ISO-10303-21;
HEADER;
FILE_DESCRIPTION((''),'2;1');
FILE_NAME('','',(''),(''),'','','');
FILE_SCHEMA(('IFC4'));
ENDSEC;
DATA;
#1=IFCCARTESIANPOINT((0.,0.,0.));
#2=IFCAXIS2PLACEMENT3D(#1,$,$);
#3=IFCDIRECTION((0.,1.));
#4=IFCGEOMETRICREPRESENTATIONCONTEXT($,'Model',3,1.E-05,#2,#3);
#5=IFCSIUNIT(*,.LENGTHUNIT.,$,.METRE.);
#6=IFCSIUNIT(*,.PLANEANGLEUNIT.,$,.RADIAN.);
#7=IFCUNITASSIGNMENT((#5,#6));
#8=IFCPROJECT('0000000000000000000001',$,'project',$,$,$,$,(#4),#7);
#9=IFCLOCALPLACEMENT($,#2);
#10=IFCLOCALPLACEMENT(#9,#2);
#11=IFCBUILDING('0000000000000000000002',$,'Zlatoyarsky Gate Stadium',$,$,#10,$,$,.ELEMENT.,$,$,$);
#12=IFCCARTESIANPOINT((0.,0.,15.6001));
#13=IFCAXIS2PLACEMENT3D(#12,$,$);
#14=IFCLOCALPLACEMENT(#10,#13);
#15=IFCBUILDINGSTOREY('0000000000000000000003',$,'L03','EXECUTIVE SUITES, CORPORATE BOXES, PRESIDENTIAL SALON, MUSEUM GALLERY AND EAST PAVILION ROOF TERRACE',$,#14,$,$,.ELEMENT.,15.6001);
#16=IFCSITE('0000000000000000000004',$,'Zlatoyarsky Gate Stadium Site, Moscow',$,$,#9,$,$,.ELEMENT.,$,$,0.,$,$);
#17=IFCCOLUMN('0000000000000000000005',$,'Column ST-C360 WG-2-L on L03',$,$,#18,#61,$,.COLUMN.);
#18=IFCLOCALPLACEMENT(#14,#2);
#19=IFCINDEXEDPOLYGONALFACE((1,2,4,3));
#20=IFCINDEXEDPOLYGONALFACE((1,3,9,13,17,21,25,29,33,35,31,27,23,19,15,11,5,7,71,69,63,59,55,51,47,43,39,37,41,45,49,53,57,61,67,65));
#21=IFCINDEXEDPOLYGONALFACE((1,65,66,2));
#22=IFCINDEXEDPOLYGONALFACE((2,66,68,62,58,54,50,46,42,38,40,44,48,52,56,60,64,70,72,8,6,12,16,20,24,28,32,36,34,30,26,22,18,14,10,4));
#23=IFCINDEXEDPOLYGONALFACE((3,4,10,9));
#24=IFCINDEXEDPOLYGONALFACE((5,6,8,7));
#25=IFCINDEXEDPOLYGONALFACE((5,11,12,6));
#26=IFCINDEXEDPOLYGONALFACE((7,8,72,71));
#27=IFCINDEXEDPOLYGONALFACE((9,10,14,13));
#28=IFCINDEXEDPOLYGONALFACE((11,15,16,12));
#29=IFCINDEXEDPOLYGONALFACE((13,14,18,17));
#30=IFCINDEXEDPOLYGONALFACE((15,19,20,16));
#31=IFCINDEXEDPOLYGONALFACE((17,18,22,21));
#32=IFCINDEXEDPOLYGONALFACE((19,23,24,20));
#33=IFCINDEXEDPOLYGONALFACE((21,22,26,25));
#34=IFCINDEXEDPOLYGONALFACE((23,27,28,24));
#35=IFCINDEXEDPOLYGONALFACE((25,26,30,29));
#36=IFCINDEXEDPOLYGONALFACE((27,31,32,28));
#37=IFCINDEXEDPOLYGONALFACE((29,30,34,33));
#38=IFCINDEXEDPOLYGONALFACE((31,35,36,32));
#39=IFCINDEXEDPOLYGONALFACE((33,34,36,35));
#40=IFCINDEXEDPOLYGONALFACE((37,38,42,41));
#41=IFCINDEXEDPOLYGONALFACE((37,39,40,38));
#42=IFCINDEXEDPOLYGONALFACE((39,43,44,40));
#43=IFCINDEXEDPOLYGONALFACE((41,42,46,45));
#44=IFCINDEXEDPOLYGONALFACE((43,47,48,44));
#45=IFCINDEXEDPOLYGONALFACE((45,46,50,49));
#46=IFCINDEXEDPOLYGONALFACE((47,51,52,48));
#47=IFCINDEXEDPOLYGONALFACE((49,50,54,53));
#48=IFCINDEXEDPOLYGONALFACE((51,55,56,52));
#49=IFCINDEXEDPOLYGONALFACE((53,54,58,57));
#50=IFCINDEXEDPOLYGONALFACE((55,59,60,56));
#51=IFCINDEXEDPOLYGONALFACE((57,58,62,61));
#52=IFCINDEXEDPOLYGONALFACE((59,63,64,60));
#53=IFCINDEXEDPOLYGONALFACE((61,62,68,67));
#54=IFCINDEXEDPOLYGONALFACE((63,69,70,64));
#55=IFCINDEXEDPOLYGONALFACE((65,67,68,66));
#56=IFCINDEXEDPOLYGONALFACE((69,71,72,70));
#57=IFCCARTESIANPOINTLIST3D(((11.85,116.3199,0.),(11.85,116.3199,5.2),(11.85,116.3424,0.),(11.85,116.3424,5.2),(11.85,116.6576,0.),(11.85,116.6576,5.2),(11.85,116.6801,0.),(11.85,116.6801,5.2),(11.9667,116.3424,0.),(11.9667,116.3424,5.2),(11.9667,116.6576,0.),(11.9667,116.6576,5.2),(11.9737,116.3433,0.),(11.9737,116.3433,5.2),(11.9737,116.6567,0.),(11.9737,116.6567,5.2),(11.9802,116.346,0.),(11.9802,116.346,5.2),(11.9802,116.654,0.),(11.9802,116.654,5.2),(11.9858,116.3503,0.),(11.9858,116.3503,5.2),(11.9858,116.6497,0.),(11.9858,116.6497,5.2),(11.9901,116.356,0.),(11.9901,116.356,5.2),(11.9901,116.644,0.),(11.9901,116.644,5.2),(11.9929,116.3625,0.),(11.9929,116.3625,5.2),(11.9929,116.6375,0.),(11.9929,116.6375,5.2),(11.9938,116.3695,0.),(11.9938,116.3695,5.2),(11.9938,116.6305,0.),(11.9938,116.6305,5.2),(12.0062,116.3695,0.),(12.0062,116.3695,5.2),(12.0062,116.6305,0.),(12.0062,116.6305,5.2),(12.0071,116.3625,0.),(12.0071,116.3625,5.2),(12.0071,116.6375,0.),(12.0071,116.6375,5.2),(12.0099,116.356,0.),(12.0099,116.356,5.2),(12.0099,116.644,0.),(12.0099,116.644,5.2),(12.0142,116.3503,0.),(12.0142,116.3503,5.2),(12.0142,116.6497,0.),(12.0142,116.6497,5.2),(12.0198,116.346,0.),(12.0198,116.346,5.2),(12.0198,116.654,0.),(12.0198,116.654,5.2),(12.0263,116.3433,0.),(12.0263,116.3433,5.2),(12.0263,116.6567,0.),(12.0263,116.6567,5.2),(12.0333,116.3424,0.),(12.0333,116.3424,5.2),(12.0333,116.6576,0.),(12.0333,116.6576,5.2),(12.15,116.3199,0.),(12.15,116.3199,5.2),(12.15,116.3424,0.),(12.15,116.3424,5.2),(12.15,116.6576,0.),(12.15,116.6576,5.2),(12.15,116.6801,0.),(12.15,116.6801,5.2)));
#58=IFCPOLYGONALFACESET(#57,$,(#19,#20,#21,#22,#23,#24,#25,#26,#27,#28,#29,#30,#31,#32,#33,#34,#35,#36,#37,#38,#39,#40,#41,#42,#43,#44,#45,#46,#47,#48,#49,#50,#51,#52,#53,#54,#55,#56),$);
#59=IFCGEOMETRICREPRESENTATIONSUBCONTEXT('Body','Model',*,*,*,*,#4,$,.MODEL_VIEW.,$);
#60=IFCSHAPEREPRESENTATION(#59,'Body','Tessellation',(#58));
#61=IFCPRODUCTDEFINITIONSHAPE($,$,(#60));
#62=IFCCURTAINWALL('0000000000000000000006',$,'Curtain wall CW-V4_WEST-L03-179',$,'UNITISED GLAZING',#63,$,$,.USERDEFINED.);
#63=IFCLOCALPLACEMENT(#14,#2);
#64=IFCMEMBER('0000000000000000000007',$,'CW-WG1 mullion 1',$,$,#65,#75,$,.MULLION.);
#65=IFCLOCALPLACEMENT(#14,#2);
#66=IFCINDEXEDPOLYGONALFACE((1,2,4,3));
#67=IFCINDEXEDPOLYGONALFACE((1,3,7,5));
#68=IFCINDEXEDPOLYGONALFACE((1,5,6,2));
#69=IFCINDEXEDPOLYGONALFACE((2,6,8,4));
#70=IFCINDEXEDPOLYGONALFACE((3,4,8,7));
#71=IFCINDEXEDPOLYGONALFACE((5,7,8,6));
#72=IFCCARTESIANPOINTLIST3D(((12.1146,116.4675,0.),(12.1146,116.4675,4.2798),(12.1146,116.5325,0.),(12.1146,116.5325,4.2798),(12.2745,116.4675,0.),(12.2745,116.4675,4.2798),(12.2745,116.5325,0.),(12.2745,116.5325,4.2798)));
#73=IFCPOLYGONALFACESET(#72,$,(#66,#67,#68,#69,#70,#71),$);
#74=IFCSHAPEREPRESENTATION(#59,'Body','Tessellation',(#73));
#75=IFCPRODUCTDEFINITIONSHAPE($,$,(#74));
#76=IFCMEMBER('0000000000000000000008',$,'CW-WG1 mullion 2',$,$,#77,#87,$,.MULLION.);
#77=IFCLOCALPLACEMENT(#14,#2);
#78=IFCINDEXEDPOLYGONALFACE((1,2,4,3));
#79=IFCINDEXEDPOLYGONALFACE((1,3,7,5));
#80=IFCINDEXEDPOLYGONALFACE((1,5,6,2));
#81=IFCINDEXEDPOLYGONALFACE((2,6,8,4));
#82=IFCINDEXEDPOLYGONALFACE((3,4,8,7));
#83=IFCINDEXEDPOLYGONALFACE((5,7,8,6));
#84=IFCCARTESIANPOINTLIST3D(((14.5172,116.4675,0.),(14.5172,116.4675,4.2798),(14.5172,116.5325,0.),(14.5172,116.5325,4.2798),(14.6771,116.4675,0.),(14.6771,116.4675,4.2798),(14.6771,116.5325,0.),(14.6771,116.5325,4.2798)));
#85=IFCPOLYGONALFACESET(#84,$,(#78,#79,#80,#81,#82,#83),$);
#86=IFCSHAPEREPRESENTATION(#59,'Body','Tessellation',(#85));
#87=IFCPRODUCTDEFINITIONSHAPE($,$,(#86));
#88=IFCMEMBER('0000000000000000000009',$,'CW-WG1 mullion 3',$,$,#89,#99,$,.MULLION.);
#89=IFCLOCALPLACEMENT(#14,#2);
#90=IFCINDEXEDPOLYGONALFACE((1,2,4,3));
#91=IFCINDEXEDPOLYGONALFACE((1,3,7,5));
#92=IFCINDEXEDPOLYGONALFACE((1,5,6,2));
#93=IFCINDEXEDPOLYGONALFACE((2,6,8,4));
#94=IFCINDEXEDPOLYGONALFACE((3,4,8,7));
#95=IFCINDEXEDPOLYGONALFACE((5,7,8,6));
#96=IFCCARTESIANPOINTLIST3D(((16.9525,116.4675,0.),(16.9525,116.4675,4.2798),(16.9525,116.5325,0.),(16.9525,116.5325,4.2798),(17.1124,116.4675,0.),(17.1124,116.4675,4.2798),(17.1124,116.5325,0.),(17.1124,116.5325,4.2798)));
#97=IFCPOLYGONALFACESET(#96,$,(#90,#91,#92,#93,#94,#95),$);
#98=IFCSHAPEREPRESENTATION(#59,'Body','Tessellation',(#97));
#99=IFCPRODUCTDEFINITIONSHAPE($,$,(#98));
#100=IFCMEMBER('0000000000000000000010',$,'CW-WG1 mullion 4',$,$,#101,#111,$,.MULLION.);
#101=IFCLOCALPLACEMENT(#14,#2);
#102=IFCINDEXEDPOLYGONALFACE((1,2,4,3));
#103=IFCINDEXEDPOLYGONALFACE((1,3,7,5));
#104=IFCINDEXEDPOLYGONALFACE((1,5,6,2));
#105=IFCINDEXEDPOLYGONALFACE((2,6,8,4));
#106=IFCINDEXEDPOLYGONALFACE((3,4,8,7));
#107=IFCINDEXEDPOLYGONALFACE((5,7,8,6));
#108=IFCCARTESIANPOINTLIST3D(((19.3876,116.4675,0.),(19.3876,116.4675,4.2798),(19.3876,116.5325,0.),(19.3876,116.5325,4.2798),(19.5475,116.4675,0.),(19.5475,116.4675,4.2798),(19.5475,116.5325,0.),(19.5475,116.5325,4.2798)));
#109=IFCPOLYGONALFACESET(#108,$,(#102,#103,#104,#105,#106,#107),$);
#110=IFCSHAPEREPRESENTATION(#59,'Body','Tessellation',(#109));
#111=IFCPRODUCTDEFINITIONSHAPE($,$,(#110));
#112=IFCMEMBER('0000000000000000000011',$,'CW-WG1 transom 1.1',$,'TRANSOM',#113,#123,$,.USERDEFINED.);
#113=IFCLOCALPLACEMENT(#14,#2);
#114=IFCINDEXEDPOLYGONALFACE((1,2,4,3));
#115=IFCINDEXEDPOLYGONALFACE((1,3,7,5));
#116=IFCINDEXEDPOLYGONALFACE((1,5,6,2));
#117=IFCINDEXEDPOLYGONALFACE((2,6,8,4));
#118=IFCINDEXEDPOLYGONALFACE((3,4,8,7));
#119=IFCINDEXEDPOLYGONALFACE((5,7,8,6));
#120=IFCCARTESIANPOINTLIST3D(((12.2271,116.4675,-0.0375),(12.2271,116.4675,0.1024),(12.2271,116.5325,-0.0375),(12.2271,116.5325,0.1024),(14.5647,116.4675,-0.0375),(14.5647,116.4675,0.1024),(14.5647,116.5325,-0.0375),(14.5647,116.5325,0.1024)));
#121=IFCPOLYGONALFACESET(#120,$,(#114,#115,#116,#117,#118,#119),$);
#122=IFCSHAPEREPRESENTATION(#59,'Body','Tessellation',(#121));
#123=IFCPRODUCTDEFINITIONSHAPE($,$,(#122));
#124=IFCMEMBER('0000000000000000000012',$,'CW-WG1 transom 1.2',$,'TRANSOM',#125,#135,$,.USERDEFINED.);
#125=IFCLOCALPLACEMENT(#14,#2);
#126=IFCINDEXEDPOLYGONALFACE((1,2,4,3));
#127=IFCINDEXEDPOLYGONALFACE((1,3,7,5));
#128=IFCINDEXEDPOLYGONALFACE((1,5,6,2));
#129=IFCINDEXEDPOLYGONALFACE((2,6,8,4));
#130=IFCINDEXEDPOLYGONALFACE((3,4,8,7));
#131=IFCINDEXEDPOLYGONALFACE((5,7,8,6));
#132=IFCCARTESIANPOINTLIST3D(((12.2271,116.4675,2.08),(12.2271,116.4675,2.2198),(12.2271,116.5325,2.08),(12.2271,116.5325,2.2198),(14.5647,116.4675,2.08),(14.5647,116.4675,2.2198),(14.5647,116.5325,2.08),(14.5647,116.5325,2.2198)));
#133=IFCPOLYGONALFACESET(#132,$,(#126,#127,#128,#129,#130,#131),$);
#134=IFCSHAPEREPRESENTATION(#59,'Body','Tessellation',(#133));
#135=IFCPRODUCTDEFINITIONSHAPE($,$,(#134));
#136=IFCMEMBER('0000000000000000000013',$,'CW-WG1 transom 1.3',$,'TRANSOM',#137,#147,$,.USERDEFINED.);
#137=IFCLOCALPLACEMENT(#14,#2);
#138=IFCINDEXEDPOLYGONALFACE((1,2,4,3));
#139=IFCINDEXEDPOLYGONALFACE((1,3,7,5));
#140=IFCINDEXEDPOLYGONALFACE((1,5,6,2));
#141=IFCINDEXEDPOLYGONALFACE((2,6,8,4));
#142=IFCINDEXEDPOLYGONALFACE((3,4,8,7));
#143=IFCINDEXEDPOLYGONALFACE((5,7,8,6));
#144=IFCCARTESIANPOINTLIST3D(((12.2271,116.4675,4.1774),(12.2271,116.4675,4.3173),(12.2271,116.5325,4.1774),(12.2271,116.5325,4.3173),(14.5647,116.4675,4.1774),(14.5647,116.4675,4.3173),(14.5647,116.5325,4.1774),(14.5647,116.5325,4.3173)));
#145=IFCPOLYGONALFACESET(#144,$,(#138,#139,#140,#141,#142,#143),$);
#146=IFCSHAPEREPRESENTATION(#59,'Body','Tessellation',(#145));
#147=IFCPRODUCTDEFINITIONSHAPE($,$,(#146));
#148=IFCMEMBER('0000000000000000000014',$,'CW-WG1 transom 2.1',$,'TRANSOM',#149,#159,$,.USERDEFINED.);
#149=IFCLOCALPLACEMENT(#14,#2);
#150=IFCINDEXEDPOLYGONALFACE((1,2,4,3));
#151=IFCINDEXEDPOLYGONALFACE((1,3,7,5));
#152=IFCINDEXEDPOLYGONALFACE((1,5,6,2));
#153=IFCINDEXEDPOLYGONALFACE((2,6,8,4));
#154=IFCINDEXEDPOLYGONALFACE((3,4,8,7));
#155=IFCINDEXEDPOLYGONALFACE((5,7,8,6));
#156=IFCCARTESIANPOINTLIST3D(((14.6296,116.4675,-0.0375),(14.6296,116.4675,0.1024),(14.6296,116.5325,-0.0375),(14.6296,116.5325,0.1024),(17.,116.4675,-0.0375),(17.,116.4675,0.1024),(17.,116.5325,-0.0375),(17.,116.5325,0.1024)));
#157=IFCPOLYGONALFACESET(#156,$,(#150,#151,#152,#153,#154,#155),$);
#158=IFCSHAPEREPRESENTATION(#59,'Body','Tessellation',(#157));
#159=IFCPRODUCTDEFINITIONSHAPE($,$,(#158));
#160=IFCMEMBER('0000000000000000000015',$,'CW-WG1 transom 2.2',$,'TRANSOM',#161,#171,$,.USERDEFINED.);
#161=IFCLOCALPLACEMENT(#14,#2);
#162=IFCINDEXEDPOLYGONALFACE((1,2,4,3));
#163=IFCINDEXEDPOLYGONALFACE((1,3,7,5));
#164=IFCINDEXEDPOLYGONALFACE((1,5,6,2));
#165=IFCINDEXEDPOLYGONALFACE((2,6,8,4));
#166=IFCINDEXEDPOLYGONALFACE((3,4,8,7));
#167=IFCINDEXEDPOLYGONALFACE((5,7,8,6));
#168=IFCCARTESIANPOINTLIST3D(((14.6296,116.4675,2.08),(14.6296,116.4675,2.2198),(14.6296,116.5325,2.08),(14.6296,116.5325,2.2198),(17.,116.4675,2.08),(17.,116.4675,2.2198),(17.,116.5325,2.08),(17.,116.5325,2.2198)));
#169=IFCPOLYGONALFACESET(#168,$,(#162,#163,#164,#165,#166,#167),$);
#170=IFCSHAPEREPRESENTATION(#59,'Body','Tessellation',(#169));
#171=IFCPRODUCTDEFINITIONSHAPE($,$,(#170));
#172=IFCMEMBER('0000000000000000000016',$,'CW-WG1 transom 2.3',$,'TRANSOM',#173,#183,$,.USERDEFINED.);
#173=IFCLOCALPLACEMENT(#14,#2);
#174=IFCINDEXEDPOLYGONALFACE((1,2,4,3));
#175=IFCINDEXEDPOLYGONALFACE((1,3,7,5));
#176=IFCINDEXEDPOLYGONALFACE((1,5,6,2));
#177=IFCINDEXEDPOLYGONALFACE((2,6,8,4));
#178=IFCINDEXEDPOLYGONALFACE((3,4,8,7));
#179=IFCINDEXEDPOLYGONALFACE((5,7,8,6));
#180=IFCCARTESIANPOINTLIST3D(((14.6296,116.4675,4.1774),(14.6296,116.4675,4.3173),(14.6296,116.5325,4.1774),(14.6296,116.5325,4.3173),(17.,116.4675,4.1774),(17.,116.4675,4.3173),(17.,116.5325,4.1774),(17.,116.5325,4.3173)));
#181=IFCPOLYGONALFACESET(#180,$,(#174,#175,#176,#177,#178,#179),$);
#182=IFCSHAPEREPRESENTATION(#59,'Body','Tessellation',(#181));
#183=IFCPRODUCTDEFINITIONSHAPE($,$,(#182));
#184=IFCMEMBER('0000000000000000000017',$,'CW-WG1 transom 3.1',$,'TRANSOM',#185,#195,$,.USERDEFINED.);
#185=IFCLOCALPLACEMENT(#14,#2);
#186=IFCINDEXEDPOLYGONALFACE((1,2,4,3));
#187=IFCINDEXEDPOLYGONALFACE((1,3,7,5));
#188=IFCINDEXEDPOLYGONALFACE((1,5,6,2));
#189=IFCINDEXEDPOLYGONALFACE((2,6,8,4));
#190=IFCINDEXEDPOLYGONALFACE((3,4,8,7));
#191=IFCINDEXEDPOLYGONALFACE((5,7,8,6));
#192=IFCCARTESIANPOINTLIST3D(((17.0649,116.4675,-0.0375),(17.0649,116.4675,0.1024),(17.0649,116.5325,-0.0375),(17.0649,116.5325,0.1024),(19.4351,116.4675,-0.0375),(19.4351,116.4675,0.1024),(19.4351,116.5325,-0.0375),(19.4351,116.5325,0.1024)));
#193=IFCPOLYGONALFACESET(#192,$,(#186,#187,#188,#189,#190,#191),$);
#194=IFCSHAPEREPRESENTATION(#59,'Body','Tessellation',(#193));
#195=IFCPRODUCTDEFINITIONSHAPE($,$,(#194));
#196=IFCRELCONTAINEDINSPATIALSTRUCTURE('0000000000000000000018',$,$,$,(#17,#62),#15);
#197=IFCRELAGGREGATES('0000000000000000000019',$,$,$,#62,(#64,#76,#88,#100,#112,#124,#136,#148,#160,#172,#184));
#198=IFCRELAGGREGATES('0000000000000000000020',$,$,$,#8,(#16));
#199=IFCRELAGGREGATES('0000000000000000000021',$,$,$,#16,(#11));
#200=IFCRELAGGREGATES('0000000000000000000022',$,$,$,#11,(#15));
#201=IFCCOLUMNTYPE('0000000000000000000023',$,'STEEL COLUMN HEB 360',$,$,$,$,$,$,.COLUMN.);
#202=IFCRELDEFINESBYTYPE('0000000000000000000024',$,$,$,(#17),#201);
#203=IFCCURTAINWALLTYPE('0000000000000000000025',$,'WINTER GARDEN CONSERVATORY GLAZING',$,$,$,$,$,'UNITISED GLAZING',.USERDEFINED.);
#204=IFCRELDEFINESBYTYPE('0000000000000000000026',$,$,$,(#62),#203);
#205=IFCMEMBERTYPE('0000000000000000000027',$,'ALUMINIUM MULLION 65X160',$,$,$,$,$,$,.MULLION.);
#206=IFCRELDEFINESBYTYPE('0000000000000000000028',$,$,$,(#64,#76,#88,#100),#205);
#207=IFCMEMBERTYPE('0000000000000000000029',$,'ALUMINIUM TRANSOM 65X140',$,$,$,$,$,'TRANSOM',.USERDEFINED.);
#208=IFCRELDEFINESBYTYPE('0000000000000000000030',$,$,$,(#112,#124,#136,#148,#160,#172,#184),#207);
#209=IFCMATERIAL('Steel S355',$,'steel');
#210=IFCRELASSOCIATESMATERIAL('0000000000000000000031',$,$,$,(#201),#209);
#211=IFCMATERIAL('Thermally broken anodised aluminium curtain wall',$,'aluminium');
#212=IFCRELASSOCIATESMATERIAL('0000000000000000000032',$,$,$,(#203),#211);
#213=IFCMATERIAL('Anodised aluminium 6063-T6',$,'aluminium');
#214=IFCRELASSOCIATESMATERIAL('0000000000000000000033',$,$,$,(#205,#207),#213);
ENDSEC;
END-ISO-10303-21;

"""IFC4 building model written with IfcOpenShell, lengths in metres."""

from ifc_helpers import new_model, si_unit, direction, frame, origin, origin_2d, place, context, subcontext, project, spatial, rectangle, i_section, extrude, material, material_profile, profile_set, type_object, element, aggregate, save


model = new_model("IFC4")

# Units and contexts
model_context = context("Model", 3, precision=1e-05, world=origin(), true_north=direction((0.0, 1.0)))
body_context = subcontext(model_context, "Body", "Model", "MODEL_VIEW")
ifc_project = project(units=[si_unit("LENGTHUNIT", "METRE"), si_unit("PLANEANGLEUNIT", "RADIAN")], contexts=[model_context])

# Site, building, storey
site_placement = place(None, origin())
site = spatial("IfcSite", under=ifc_project, at=site_placement, Name="Zlatoyarsky Gate Stadium Site, Moscow", CompositionType="ELEMENT", RefElevation=0.0)
building_placement = place(site_placement, origin())
building = spatial("IfcBuilding", under=site, at=building_placement, Name="Zlatoyarsky Gate Stadium", CompositionType="ELEMENT")
storey_placement = place(building_placement, frame((0.0, 0.0, 15.6001)))
storey = spatial("IfcBuildingStorey", under=building, at=storey_placement, Name="L03", Description="EXECUTIVE SUITES, CORPORATE BOXES, PRESIDENTIAL SALON, MUSEUM GALLERY AND EAST PAVILION ROOF TERRACE", CompositionType="ELEMENT", Elevation=15.6001)

# Column
ifc_material_1 = material(Name="Steel S355", Category="steel")
ifc_material_profile_1 = material_profile(ifc_material_1, i_section(OverallWidth=0.3, OverallDepth=0.3601, WebThickness=0.0125, FlangeThickness=0.0225, FilletRadius=0.0271, at=origin_2d()), Name="HEB 360")
ifc_profile_set_1 = profile_set([ifc_material_profile_1], Name="Steel S355")
column_type = type_object("IfcColumnType", Name="STEEL COLUMN HEB 360", PredefinedType="COLUMN", material=ifc_profile_set_1)
column_placement = place(storey_placement, frame((12.0, 116.5, 0.0), z_axis=(0.0, 0.0, 1.0), x_axis=(1.0, 0.0, 0.0)))
element("IfcColumn", 1, at=column_placement, inside=storey, type_object=column_type, Name="Column ST-C360 WG-2-L on L03", PredefinedType="COLUMN", context=body_context, shape_type="SweptSolid", body=[
    extrude(i_section(OverallWidth=0.3, OverallDepth=0.3601, WebThickness=0.0125, FlangeThickness=0.0225, FilletRadius=0.0271, at=origin_2d()), origin(), (0.0, 0.0, 1.0), 5.2),
])

# Curtain wall, members
ifc_material_2 = material(Name="Thermally broken anodised aluminium curtain wall", Category="aluminium")
curtain_wall_type = type_object("IfcCurtainWallType", Name="WINTER GARDEN CONSERVATORY GLAZING", ElementType="UNITISED GLAZING", PredefinedType="USERDEFINED", material=ifc_material_2)
curtain_wall_placement = place(storey_placement, origin())
curtain_wall = element("IfcCurtainWall", 2, at=curtain_wall_placement, inside=storey, type_object=curtain_wall_type, Name="Curtain wall CW-V4_WEST-L03-179", ObjectType="UNITISED GLAZING", PredefinedType="USERDEFINED")
ifc_material_3 = material(Name="Anodised aluminium 6063-T6", Category="aluminium")
ifc_material_profile_2 = material_profile(ifc_material_3, rectangle(XDim=0.0649, YDim=0.1599, at=origin_2d()), Name="ALU 65X160")
ifc_profile_set_2 = profile_set([ifc_material_profile_2], Name="Anodised aluminium 6063-T6")
member_type_1 = type_object("IfcMemberType", Name="ALUMINIUM MULLION 65X160", PredefinedType="MULLION", material=ifc_profile_set_2)
member_1_placement = place(storey_placement, frame((12.1946, 116.5, 0.0), z_axis=(0.0, 0.0, 1.0), x_axis=(0.0, 1.0, 0.0)))
member_1 = element("IfcMember", 3, at=member_1_placement, type_object=member_type_1, Name="CW-WG1 mullion 1", PredefinedType="MULLION", context=body_context, shape_type="SweptSolid", body=[
    extrude(rectangle(XDim=0.0649, YDim=0.1599, at=origin_2d()), origin(), (0.0, 0.0, 1.0), 4.2798),
])
member_2_placement = place(storey_placement, frame((14.5972, 116.5, 0.0), z_axis=(0.0, 0.0, 1.0), x_axis=(0.0, 1.0, 0.0)))
member_2 = element("IfcMember", 4, at=member_2_placement, type_object=member_type_1, Name="CW-WG1 mullion 2", PredefinedType="MULLION", context=body_context, shape_type="SweptSolid", body=[
    extrude(rectangle(XDim=0.0649, YDim=0.1599, at=origin_2d()), origin(), (0.0, 0.0, 1.0), 4.2798),
])
member_3_placement = place(storey_placement, frame((17.0325, 116.5, 0.0), z_axis=(0.0, 0.0, 1.0), x_axis=(0.0, 1.0, 0.0)))
member_3 = element("IfcMember", 5, at=member_3_placement, type_object=member_type_1, Name="CW-WG1 mullion 3", PredefinedType="MULLION", context=body_context, shape_type="SweptSolid", body=[
    extrude(rectangle(XDim=0.0649, YDim=0.1599, at=origin_2d()), origin(), (0.0, 0.0, 1.0), 4.2798),
])
member_4_placement = place(storey_placement, frame((19.4675, 116.5, 0.0), z_axis=(0.0, 0.0, 1.0), x_axis=(0.0, 1.0, 0.0)))
member_4 = element("IfcMember", 6, at=member_4_placement, type_object=member_type_1, Name="CW-WG1 mullion 4", PredefinedType="MULLION", context=body_context, shape_type="SweptSolid", body=[
    extrude(rectangle(XDim=0.0649, YDim=0.1599, at=origin_2d()), origin(), (0.0, 0.0, 1.0), 4.2798),
])
ifc_material_profile_3 = material_profile(ifc_material_3, rectangle(XDim=0.0649, YDim=0.1399, at=origin_2d()), Name="ALU 65X140")
ifc_profile_set_3 = profile_set([ifc_material_profile_3], Name="Anodised aluminium 6063-T6")
member_type_2 = type_object("IfcMemberType", Name="ALUMINIUM TRANSOM 65X140", ElementType="TRANSOM", PredefinedType="USERDEFINED", material=ifc_profile_set_3)
member_5_placement = place(storey_placement, frame((12.2271, 116.5, 0.0325), z_axis=(1.0, 0.0, 0.0), x_axis=(0.0, 1.0, 0.0)))
member_5 = element("IfcMember", 7, at=member_5_placement, type_object=member_type_2, Name="CW-WG1 transom 1.1", ObjectType="TRANSOM", PredefinedType="USERDEFINED", context=body_context, shape_type="SweptSolid", body=[
    extrude(rectangle(XDim=0.0649, YDim=0.1399, at=origin_2d()), origin(), (0.0, 0.0, 1.0), 2.3376),
])
member_6_placement = place(storey_placement, frame((12.2271, 116.5, 2.1499), z_axis=(1.0, 0.0, 0.0), x_axis=(0.0, 1.0, 0.0)))
member_6 = element("IfcMember", 8, at=member_6_placement, type_object=member_type_2, Name="CW-WG1 transom 1.2", ObjectType="TRANSOM", PredefinedType="USERDEFINED", context=body_context, shape_type="SweptSolid", body=[
    extrude(rectangle(XDim=0.0649, YDim=0.1399, at=origin_2d()), origin(), (0.0, 0.0, 1.0), 2.3376),
])
member_7_placement = place(storey_placement, frame((12.2271, 116.5, 4.2473), z_axis=(1.0, 0.0, 0.0), x_axis=(0.0, 1.0, 0.0)))
member_7 = element("IfcMember", 9, at=member_7_placement, type_object=member_type_2, Name="CW-WG1 transom 1.3", ObjectType="TRANSOM", PredefinedType="USERDEFINED", context=body_context, shape_type="SweptSolid", body=[
    extrude(rectangle(XDim=0.0649, YDim=0.1399, at=origin_2d()), origin(), (0.0, 0.0, 1.0), 2.3376),
])
member_8_placement = place(storey_placement, frame((14.6296, 116.5, 0.0325), z_axis=(1.0, 0.0, 0.0), x_axis=(0.0, 1.0, 0.0)))
member_8 = element("IfcMember", 10, at=member_8_placement, type_object=member_type_2, Name="CW-WG1 transom 2.1", ObjectType="TRANSOM", PredefinedType="USERDEFINED", context=body_context, shape_type="SweptSolid", body=[
    extrude(rectangle(XDim=0.0649, YDim=0.1399, at=origin_2d()), origin(), (0.0, 0.0, 1.0), 2.3704),
])
member_9_placement = place(storey_placement, frame((14.6296, 116.5, 2.1499), z_axis=(1.0, 0.0, 0.0), x_axis=(0.0, 1.0, 0.0)))
member_9 = element("IfcMember", 11, at=member_9_placement, type_object=member_type_2, Name="CW-WG1 transom 2.2", ObjectType="TRANSOM", PredefinedType="USERDEFINED", context=body_context, shape_type="SweptSolid", body=[
    extrude(rectangle(XDim=0.0649, YDim=0.1399, at=origin_2d()), origin(), (0.0, 0.0, 1.0), 2.3704),
])
member_10_placement = place(storey_placement, frame((14.6296, 116.5, 4.2473), z_axis=(1.0, 0.0, 0.0), x_axis=(0.0, 1.0, 0.0)))
member_10 = element("IfcMember", 12, at=member_10_placement, type_object=member_type_2, Name="CW-WG1 transom 2.3", ObjectType="TRANSOM", PredefinedType="USERDEFINED", context=body_context, shape_type="SweptSolid", body=[
    extrude(rectangle(XDim=0.0649, YDim=0.1399, at=origin_2d()), origin(), (0.0, 0.0, 1.0), 2.3704),
])
member_11_placement = place(storey_placement, frame((17.0649, 116.5, 0.0325), z_axis=(1.0, 0.0, 0.0), x_axis=(0.0, 1.0, 0.0)))
member_11 = element("IfcMember", 13, at=member_11_placement, type_object=member_type_2, Name="CW-WG1 transom 3.1", ObjectType="TRANSOM", PredefinedType="USERDEFINED", context=body_context, shape_type="SweptSolid", body=[
    extrude(rectangle(XDim=0.0649, YDim=0.1399, at=origin_2d()), origin(), (0.0, 0.0, 1.0), 2.3701),
])

aggregate(curtain_wall, [member_1, member_2, member_3, member_4, member_5, member_6, member_7, member_8, member_9, member_10, member_11])

save(model, "model.ifc")
